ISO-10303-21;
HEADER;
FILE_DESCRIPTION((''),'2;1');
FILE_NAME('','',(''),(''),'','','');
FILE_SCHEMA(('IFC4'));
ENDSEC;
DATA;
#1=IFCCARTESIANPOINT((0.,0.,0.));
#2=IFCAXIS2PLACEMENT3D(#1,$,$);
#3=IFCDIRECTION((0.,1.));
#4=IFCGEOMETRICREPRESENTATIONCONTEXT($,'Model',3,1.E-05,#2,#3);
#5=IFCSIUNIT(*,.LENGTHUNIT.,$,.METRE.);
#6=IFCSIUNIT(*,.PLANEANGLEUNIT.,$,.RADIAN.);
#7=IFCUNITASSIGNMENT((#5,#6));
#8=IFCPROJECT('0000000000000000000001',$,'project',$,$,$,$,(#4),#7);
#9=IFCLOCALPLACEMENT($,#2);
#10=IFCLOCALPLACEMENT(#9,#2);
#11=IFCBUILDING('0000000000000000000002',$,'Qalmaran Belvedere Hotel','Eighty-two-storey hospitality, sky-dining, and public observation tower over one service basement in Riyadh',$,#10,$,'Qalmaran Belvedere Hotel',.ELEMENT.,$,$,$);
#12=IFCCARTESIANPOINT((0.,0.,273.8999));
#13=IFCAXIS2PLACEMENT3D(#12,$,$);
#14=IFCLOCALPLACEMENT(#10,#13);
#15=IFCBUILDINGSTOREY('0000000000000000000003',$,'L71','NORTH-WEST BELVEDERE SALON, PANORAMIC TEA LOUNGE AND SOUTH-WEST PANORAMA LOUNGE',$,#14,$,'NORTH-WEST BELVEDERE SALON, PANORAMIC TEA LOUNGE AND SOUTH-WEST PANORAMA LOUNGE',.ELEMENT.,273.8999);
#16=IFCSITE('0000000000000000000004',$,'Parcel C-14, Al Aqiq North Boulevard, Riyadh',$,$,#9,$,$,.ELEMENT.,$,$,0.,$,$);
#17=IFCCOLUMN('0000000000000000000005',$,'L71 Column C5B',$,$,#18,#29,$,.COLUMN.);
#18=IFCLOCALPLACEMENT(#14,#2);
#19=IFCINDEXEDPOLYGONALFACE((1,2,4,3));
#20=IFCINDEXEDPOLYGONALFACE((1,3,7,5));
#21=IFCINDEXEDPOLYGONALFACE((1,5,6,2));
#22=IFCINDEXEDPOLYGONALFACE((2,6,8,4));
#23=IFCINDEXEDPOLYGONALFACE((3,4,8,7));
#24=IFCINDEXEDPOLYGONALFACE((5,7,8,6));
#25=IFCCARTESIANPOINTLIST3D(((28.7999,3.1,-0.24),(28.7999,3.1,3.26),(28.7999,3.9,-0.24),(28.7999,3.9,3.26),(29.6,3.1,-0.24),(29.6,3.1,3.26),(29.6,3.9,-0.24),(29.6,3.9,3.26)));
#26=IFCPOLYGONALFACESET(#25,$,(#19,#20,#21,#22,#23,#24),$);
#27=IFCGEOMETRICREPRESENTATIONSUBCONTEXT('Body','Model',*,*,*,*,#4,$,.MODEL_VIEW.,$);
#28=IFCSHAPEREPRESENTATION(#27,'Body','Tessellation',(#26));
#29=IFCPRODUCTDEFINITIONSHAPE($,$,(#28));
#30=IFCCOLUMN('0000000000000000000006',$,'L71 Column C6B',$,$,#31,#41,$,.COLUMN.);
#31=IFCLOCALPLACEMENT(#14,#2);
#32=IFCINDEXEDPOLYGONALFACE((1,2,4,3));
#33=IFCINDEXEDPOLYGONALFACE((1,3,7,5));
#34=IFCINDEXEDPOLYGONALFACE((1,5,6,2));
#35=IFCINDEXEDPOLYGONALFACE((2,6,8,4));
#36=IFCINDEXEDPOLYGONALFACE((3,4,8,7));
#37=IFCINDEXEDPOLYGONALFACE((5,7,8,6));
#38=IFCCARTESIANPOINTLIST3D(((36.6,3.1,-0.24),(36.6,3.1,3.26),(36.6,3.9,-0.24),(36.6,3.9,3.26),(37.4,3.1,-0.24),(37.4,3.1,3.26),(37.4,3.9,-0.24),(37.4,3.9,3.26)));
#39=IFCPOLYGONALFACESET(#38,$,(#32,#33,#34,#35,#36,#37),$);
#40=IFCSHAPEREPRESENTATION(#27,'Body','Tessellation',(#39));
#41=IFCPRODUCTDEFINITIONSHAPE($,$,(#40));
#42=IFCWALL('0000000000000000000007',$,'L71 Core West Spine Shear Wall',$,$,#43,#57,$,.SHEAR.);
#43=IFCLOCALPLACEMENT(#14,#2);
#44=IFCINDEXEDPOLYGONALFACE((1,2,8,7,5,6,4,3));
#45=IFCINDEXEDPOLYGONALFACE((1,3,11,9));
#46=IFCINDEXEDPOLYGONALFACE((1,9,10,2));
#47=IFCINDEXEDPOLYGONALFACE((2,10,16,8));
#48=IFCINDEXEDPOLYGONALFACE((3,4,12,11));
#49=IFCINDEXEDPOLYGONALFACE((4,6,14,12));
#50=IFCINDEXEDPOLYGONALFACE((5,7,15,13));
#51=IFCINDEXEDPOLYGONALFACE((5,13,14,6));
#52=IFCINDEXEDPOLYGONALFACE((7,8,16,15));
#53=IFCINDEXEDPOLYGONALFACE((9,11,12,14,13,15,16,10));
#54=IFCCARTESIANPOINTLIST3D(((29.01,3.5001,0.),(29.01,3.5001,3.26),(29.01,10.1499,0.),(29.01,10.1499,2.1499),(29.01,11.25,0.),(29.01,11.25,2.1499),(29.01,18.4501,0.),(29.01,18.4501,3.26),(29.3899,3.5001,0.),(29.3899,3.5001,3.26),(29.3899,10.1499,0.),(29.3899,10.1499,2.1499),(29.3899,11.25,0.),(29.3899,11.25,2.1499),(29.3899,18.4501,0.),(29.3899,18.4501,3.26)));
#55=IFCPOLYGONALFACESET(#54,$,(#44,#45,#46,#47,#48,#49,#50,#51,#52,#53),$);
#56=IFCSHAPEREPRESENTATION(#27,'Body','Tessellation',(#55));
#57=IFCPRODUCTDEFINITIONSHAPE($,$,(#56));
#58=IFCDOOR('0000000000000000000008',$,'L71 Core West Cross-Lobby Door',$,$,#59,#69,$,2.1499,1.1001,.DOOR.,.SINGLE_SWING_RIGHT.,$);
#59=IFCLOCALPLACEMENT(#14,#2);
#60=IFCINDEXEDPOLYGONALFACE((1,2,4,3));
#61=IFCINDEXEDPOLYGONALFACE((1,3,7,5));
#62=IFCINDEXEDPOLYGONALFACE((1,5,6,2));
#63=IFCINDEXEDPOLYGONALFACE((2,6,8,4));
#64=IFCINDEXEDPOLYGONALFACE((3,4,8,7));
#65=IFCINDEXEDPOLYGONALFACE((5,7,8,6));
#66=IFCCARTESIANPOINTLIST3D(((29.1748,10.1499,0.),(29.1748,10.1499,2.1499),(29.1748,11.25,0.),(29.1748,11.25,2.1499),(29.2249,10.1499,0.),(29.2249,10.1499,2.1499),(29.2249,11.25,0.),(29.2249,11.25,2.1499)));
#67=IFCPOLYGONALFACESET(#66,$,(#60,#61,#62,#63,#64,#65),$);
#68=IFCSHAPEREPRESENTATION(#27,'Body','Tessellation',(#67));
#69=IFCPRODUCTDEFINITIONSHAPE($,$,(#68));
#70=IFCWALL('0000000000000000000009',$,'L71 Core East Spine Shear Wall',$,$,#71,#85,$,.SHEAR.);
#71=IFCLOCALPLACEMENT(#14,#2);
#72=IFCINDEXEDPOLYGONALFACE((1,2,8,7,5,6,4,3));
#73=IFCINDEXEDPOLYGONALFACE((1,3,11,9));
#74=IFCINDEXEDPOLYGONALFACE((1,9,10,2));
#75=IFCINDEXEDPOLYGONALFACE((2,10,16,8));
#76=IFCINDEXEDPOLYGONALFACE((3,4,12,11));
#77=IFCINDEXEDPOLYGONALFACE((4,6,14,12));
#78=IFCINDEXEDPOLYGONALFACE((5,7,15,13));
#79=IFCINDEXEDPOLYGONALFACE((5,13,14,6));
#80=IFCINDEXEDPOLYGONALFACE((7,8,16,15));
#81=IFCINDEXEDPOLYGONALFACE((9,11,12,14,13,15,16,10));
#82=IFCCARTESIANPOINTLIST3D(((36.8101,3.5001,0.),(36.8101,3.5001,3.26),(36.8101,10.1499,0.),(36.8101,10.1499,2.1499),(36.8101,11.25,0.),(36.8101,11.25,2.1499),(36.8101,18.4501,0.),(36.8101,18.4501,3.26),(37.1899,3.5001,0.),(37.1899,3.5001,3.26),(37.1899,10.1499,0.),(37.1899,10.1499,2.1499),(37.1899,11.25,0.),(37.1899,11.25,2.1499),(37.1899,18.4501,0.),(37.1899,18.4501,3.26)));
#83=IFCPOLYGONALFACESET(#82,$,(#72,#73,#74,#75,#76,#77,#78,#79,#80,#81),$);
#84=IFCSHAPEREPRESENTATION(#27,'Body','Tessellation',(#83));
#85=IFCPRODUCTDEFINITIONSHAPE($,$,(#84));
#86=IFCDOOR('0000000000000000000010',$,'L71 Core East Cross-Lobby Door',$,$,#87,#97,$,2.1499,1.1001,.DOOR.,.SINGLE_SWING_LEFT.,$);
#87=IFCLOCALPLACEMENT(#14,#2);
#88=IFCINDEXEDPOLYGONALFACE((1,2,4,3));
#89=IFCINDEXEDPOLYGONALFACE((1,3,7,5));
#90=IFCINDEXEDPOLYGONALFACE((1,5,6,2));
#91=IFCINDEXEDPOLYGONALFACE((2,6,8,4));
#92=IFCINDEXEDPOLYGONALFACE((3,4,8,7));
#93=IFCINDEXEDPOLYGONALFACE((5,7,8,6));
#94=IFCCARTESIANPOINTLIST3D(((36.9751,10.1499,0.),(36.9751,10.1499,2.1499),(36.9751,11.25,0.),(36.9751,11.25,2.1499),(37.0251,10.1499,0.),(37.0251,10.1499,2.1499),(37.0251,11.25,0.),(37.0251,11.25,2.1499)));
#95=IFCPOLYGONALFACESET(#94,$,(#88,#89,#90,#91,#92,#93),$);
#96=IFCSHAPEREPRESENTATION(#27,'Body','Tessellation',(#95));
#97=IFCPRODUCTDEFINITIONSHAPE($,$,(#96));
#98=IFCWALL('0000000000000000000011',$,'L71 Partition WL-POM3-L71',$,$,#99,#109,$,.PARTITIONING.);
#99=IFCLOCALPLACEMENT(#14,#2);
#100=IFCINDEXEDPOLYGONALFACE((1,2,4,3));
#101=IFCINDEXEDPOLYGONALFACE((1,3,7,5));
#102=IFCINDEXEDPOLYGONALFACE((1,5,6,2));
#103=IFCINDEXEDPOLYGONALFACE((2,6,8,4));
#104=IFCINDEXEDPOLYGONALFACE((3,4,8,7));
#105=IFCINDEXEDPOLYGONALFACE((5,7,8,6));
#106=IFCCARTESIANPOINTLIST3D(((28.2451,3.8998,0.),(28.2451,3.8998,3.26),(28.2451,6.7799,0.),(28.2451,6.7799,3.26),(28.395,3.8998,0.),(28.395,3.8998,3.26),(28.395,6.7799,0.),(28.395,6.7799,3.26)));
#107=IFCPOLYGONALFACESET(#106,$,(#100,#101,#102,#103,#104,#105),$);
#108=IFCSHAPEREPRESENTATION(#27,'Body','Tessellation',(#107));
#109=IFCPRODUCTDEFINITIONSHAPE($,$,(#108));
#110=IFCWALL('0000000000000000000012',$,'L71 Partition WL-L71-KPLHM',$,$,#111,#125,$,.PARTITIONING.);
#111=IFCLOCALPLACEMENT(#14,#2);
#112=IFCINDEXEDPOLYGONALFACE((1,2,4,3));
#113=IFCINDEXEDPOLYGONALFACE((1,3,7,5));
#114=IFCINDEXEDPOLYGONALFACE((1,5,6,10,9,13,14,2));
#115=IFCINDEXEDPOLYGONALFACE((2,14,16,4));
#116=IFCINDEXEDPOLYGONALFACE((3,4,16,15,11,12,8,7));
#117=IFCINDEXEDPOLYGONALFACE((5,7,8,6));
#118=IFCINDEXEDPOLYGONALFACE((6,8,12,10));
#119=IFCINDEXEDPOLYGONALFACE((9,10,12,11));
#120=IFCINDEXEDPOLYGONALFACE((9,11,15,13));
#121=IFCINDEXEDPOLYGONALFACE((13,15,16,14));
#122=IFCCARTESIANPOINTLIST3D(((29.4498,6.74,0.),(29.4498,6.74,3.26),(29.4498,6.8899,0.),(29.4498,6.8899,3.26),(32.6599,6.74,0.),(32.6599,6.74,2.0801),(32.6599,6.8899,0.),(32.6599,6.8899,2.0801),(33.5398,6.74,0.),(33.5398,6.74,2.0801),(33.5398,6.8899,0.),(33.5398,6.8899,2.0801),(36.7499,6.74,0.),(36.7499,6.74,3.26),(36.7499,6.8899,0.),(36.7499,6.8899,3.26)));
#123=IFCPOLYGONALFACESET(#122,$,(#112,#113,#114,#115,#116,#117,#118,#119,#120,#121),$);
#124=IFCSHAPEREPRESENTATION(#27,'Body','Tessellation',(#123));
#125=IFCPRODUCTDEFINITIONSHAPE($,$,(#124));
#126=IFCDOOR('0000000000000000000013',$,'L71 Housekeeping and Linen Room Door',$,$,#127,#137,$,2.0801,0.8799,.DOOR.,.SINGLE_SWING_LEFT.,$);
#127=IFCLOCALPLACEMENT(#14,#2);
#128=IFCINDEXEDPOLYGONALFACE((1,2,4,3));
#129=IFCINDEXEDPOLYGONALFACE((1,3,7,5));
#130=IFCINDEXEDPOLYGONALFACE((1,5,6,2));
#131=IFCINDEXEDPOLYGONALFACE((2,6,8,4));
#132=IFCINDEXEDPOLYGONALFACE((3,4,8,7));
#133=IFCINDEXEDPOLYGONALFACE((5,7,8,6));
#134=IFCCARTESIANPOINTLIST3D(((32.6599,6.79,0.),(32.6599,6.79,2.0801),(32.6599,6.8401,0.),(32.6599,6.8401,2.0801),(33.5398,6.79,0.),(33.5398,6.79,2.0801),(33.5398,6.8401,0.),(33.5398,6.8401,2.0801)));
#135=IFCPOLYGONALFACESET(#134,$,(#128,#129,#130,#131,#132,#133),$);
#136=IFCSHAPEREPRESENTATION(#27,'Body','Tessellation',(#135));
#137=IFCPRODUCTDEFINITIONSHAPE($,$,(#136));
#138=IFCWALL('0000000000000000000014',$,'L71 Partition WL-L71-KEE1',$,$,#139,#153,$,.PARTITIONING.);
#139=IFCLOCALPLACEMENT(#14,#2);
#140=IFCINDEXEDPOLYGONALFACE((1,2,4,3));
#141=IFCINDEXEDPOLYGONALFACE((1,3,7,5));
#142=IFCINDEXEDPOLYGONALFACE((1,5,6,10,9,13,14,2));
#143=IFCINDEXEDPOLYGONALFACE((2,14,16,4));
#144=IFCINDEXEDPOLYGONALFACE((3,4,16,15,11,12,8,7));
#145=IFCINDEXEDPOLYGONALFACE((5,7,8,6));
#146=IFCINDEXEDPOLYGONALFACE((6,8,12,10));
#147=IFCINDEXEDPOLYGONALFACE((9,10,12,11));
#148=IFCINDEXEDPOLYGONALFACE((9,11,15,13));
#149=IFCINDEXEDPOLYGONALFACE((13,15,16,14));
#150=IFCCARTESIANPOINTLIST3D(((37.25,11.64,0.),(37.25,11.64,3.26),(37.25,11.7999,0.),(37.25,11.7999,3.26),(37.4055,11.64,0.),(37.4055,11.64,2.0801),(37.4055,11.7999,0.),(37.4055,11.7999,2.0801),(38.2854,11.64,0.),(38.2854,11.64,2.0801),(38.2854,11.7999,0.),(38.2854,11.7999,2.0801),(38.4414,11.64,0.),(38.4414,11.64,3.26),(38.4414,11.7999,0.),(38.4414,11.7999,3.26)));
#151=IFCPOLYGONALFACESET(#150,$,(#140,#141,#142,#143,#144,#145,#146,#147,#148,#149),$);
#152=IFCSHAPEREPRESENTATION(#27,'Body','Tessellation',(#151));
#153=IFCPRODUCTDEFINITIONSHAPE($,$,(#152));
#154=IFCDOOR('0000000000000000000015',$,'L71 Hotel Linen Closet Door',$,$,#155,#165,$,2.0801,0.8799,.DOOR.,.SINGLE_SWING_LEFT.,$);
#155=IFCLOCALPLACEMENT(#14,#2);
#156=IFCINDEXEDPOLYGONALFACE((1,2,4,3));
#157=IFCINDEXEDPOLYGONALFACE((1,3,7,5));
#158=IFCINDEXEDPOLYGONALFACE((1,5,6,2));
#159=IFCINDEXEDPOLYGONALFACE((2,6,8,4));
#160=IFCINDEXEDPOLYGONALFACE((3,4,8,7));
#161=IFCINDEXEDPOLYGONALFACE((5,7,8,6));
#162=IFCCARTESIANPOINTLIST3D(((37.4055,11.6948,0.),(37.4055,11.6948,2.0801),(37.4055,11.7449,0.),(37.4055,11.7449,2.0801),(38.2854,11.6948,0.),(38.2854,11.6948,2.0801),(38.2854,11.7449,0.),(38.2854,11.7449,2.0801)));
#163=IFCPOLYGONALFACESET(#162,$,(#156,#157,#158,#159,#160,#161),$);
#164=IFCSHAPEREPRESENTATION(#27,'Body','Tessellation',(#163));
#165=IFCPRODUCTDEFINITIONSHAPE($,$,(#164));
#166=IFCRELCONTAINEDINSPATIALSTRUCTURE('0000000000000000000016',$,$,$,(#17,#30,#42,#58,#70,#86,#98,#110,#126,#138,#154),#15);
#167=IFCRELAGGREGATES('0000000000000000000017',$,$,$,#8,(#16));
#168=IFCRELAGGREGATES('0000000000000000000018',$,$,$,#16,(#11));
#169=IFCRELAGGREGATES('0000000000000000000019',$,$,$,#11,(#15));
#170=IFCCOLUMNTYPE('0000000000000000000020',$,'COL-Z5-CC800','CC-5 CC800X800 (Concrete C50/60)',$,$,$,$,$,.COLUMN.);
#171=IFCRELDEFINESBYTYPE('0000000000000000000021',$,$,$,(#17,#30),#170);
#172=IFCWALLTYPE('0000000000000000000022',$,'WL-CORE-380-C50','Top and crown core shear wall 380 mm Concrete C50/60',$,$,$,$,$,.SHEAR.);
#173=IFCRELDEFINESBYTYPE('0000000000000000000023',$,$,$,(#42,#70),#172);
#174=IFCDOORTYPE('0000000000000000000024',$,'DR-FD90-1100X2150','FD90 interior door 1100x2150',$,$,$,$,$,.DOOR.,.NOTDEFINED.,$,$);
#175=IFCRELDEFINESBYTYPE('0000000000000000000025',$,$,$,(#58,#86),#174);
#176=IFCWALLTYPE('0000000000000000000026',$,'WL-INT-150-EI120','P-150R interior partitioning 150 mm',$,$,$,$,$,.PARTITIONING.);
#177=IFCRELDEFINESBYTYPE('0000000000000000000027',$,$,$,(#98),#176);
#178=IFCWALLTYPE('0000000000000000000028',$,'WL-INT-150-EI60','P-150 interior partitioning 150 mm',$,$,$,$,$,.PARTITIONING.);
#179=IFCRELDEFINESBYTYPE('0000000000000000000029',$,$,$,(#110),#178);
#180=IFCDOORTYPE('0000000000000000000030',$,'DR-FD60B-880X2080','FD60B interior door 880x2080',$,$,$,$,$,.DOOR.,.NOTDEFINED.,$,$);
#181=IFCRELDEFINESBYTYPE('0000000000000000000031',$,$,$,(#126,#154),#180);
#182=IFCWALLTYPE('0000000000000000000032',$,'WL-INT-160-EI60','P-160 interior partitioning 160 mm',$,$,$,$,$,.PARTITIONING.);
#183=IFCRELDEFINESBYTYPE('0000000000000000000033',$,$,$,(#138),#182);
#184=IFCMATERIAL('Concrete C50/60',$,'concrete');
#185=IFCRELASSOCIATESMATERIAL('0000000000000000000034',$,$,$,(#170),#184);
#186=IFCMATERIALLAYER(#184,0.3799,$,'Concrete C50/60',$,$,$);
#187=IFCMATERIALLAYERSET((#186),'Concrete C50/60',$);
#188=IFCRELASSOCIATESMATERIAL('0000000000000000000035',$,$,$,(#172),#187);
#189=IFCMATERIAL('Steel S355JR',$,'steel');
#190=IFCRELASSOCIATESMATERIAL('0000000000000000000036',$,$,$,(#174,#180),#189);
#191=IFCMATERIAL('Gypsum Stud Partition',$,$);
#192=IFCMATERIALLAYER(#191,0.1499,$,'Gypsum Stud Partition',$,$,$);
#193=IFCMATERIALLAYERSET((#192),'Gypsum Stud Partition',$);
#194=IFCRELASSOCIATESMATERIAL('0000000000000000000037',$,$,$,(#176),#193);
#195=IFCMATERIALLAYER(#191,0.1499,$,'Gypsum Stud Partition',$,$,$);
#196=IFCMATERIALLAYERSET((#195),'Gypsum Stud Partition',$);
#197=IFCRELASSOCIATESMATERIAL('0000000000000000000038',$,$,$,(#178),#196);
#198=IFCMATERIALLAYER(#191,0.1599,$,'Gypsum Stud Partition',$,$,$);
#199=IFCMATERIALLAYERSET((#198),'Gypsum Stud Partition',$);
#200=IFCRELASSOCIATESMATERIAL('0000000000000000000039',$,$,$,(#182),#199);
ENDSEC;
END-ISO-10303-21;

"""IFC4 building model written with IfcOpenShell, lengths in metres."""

from ifc_helpers import new_model, si_unit, direction, frame, frame_2d, origin, origin_2d, place, context, subcontext, project, spatial, rectangle, extrude, material, layer, layer_set, material_profile, profile_set, type_object, element, fill, save


model = new_model("IFC4")

# Units and contexts
model_context = context("Model", 3, precision=1e-05, world=origin(), true_north=direction((0.0, 1.0)))
body_context = subcontext(model_context, "Body", "Model", "MODEL_VIEW")
ifc_project = project(units=[si_unit("LENGTHUNIT", "METRE"), si_unit("PLANEANGLEUNIT", "RADIAN")], contexts=[model_context])

# Site, building, storey
site_placement = place(None, origin())
site = spatial("IfcSite", under=ifc_project, at=site_placement, Name="Parcel C-14, Al Aqiq North Boulevard, Riyadh", CompositionType="ELEMENT", RefElevation=0.0)
building_placement = place(site_placement, origin())
building = spatial("IfcBuilding", under=site, at=building_placement, Name="Qalmaran Belvedere Hotel", Description="Eighty-two-storey hospitality, sky-dining, and public observation tower over one service basement in Riyadh", LongName="Qalmaran Belvedere Hotel", CompositionType="ELEMENT")
storey_placement = place(building_placement, frame((0.0, 0.0, 273.8999)))
storey = spatial("IfcBuildingStorey", under=building, at=storey_placement, Name="L71", Description="NORTH-WEST BELVEDERE SALON, PANORAMIC TEA LOUNGE AND SOUTH-WEST PANORAMA LOUNGE", LongName="NORTH-WEST BELVEDERE SALON, PANORAMIC TEA LOUNGE AND SOUTH-WEST PANORAMA LOUNGE", CompositionType="ELEMENT", Elevation=273.8999)

# Columns
ifc_material_1 = material(Name="Concrete C50/60", Category="concrete")
ifc_material_profile = material_profile(ifc_material_1, rectangle(XDim=0.8, YDim=0.8, at=origin_2d()), Name="CC800X800")
ifc_profile_set = profile_set([ifc_material_profile], Name="Concrete C50/60")
column_type = type_object("IfcColumnType", Name="COL-Z5-CC800", Description="CC-5 CC800X800 (Concrete C50/60)", PredefinedType="COLUMN", material=ifc_profile_set)
for number, where, z_axis, x_axis, name in (
    (1, (29.2, 3.5, -0.24), (0.0, 0.0, 1.0), (1.0, 0.0, 0.0), "L71 Column C5B"),
    (2, (37.0, 3.5, -0.24), (0.0, 0.0, 1.0), (1.0, 0.0, 0.0), "L71 Column C6B"),
):
    element("IfcColumn", number, at=place(storey_placement, frame(where, z_axis=z_axis, x_axis=x_axis)), inside=storey, type_object=column_type, Name=name, PredefinedType="COLUMN", context=body_context, shape_type="SweptSolid", body=[
        extrude(rectangle(XDim=0.8, YDim=0.8, at=origin_2d()), origin(), (0.0, 0.0, 1.0), 3.5),
    ])

# Walls, openings, doors
ifc_layer_1 = layer(ifc_material_1, 0.3799, Name="Concrete C50/60")
ifc_layer_set_1 = layer_set([ifc_layer_1], Name="Concrete C50/60")
wall_type_1 = type_object("IfcWallType", Name="WL-CORE-380-C50", Description="Top and crown core shear wall 380 mm Concrete C50/60", PredefinedType="SHEAR", material=ifc_layer_set_1)
wall_1_placement = place(storey_placement, frame((29.2, 3.5, 0.0), z_axis=(0.0, 0.0, 1.0), x_axis=(0.0, 1.0, 0.0)))
wall_1 = element("IfcWall", 3, at=wall_1_placement, inside=storey, type_object=wall_type_1, Name="L71 Core West Spine Shear Wall", PredefinedType="SHEAR", context=body_context, shape_type="SweptSolid", body=[
    extrude(rectangle(XDim=14.95, YDim=0.3799, at=frame_2d((7.4751, 0.0))), origin(), (0.0, 0.0, 1.0), 3.26),
])
opening_1_placement = place(wall_1_placement, frame((7.75, 0.0, 0.0), z_axis=(0.0, 0.0, 1.0), x_axis=(-1.0, 0.0, 0.0)))
opening_1 = element("IfcOpeningElement", 4, at=opening_1_placement, cuts=wall_1, PredefinedType="OPENING", context=body_context, shape_type="SweptSolid", body=[
    extrude(rectangle(XDim=1.1001, YDim=2.1499, at=frame_2d((0.55, 1.075))), frame((0.0, 0.2, 0.0), z_axis=(0.0, -1.0, 0.0), x_axis=(1.0, 0.0, 0.0)), (0.0, 0.0, 1.0), 0.3999),
])
ifc_material_2 = material(Name="Steel S355JR", Category="steel")
door_type_1 = type_object("IfcDoorType", Name="DR-FD90-1100X2150", Description="FD90 interior door 1100x2150", OperationType="NOTDEFINED", PredefinedType="DOOR", material=ifc_material_2)
door_1_placement = place(opening_1_placement, origin())
door_1 = element("IfcDoor", 5, at=door_1_placement, inside=storey, type_object=door_type_1, Name="L71 Core West Cross-Lobby Door", OperationType="SINGLE_SWING_RIGHT", OverallHeight=2.1499, OverallWidth=1.1001, PredefinedType="DOOR", context=body_context, shape_type="SweptSolid", body=[
    extrude(rectangle(XDim=1.1001, YDim=2.1499, at=frame_2d((0.55, 1.075))), frame((0.0, 0.0249, 0.0), z_axis=(0.0, -1.0, 0.0), x_axis=(1.0, 0.0, 0.0)), (0.0, 0.0, 1.0), 0.05),
])
fill(opening_1, door_1)
wall_2_placement = place(storey_placement, frame((37.0, 3.5, 0.0), z_axis=(0.0, 0.0, 1.0), x_axis=(0.0, 1.0, 0.0)))
wall_2 = element("IfcWall", 6, at=wall_2_placement, inside=storey, type_object=wall_type_1, Name="L71 Core East Spine Shear Wall", PredefinedType="SHEAR", context=body_context, shape_type="SweptSolid", body=[
    extrude(rectangle(XDim=14.95, YDim=0.3799, at=frame_2d((7.4751, 0.0))), origin(), (0.0, 0.0, 1.0), 3.26),
])
opening_2_placement = place(wall_2_placement, frame((6.6499, 0.0, 0.0)))
opening_2 = element("IfcOpeningElement", 7, at=opening_2_placement, cuts=wall_2, PredefinedType="OPENING", context=body_context, shape_type="SweptSolid", body=[
    extrude(rectangle(XDim=1.1001, YDim=2.1499, at=frame_2d((0.55, 1.075))), frame((0.0, 0.2, 0.0), z_axis=(0.0, -1.0, 0.0), x_axis=(1.0, 0.0, 0.0)), (0.0, 0.0, 1.0), 0.3999),
])
door_2_placement = place(opening_2_placement, origin())
door_2 = element("IfcDoor", 8, at=door_2_placement, inside=storey, type_object=door_type_1, Name="L71 Core East Cross-Lobby Door", OperationType="SINGLE_SWING_LEFT", OverallHeight=2.1499, OverallWidth=1.1001, PredefinedType="DOOR", context=body_context, shape_type="SweptSolid", body=[
    extrude(rectangle(XDim=1.1001, YDim=2.1499, at=frame_2d((0.55, 1.075))), frame((0.0, 0.0249, 0.0), z_axis=(0.0, -1.0, 0.0), x_axis=(1.0, 0.0, 0.0)), (0.0, 0.0, 1.0), 0.05),
])
fill(opening_2, door_2)

# Wall
ifc_material_3 = material(Name="Gypsum Stud Partition")
ifc_layer_2 = layer(ifc_material_3, 0.1499, Name="Gypsum Stud Partition")
ifc_layer_set_2 = layer_set([ifc_layer_2], Name="Gypsum Stud Partition")
wall_type_2 = type_object("IfcWallType", Name="WL-INT-150-EI120", Description="P-150R interior partitioning 150 mm", PredefinedType="PARTITIONING", material=ifc_layer_set_2)
wall_3_placement = place(storey_placement, frame((28.3201, 3.8999, 0.0), z_axis=(0.0, 0.0, 1.0), x_axis=(0.0, 1.0, 0.0)))
element("IfcWall", 9, at=wall_3_placement, inside=storey, type_object=wall_type_2, Name="L71 Partition WL-POM3-L71", PredefinedType="PARTITIONING", context=body_context, shape_type="SweptSolid", body=[
    extrude(rectangle(XDim=2.8801, YDim=0.1499, at=frame_2d((1.4399, 0.0))), origin(), (0.0, 0.0, 1.0), 3.26),
])
ifc_layer_3 = layer(ifc_material_3, 0.1499, Name="Gypsum Stud Partition")
ifc_layer_set_3 = layer_set([ifc_layer_3], Name="Gypsum Stud Partition")
wall_type_3 = type_object("IfcWallType", Name="WL-INT-150-EI60", Description="P-150 interior partitioning 150 mm", PredefinedType="PARTITIONING", material=ifc_layer_set_3)

# Walls, openings, doors
wall_4_placement = place(storey_placement, frame((29.45, 6.8149, 0.0), z_axis=(0.0, 0.0, 1.0), x_axis=(1.0, 0.0, 0.0)))
wall_4 = element("IfcWall", 10, at=wall_4_placement, inside=storey, type_object=wall_type_3, Name="L71 Partition WL-L71-KPLHM", PredefinedType="PARTITIONING", context=body_context, shape_type="SweptSolid", body=[
    extrude(rectangle(XDim=7.3, YDim=0.1499, at=frame_2d((3.6499, 0.0))), origin(), (0.0, 0.0, 1.0), 3.26),
])
opening_3_placement = place(wall_4_placement, frame((4.0898, 0.0, 0.0), z_axis=(0.0, 0.0, 1.0), x_axis=(-1.0, 0.0, 0.0)))
opening_3 = element("IfcOpeningElement", 11, at=opening_3_placement, cuts=wall_4, PredefinedType="OPENING", context=body_context, shape_type="SweptSolid", body=[
    extrude(rectangle(XDim=0.8799, YDim=2.0801, at=frame_2d((0.4399, 1.04))), frame((0.0, 0.085, 0.0), z_axis=(0.0, -1.0, 0.0), x_axis=(1.0, 0.0, 0.0)), (0.0, 0.0, 1.0), 0.1699),
])
door_type_2 = type_object("IfcDoorType", Name="DR-FD60B-880X2080", Description="FD60B interior door 880x2080", OperationType="NOTDEFINED", PredefinedType="DOOR", material=ifc_material_2)
door_3_placement = place(opening_3_placement, origin())
door_3 = element("IfcDoor", 12, at=door_3_placement, inside=storey, type_object=door_type_2, Name="L71 Housekeeping and Linen Room Door", OperationType="SINGLE_SWING_LEFT", OverallHeight=2.0801, OverallWidth=0.8799, PredefinedType="DOOR", context=body_context, shape_type="SweptSolid", body=[
    extrude(rectangle(XDim=0.8799, YDim=2.0801, at=frame_2d((0.4399, 1.04))), frame((0.0, 0.0249, 0.0), z_axis=(0.0, -1.0, 0.0), x_axis=(1.0, 0.0, 0.0)), (0.0, 0.0, 1.0), 0.05),
])
fill(opening_3, door_3)
ifc_layer_4 = layer(ifc_material_3, 0.1599, Name="Gypsum Stud Partition")
ifc_layer_set_4 = layer_set([ifc_layer_4], Name="Gypsum Stud Partition")
wall_type_4 = type_object("IfcWallType", Name="WL-INT-160-EI60", Description="P-160 interior partitioning 160 mm", PredefinedType="PARTITIONING", material=ifc_layer_set_4)
wall_5_placement = place(storey_placement, frame((37.25, 11.72, 0.0), z_axis=(0.0, 0.0, 1.0), x_axis=(1.0, 0.0, 0.0)))
wall_5 = element("IfcWall", 13, at=wall_5_placement, inside=storey, type_object=wall_type_4, Name="L71 Partition WL-L71-KEE1", PredefinedType="PARTITIONING", context=body_context, shape_type="SweptSolid", body=[
    extrude(rectangle(XDim=1.1914, YDim=0.1599, at=frame_2d((0.5957, 0.0))), origin(), (0.0, 0.0, 1.0), 3.26),
])
opening_4_placement = place(wall_5_placement, frame((0.1555, 0.0, 0.0)))
opening_4 = element("IfcOpeningElement", 14, at=opening_4_placement, cuts=wall_5, PredefinedType="OPENING", context=body_context, shape_type="SweptSolid", body=[
    extrude(rectangle(XDim=0.8799, YDim=2.0801, at=frame_2d((0.4399, 1.04))), frame((0.0, 0.0898, 0.0), z_axis=(0.0, -1.0, 0.0), x_axis=(1.0, 0.0, 0.0)), (0.0, 0.0, 1.0), 0.1799),
])
door_4_placement = place(opening_4_placement, origin())
door_4 = element("IfcDoor", 15, at=door_4_placement, inside=storey, type_object=door_type_2, Name="L71 Hotel Linen Closet Door", OperationType="SINGLE_SWING_LEFT", OverallHeight=2.0801, OverallWidth=0.8799, PredefinedType="DOOR", context=body_context, shape_type="SweptSolid", body=[
    extrude(rectangle(XDim=0.8799, YDim=2.0801, at=frame_2d((0.4399, 1.04))), frame((0.0, 0.0249, 0.0), z_axis=(0.0, -1.0, 0.0), x_axis=(1.0, 0.0, 0.0)), (0.0, 0.0, 1.0), 0.05),
])
fill(opening_4, door_4)

save(model, "model.ifc")
